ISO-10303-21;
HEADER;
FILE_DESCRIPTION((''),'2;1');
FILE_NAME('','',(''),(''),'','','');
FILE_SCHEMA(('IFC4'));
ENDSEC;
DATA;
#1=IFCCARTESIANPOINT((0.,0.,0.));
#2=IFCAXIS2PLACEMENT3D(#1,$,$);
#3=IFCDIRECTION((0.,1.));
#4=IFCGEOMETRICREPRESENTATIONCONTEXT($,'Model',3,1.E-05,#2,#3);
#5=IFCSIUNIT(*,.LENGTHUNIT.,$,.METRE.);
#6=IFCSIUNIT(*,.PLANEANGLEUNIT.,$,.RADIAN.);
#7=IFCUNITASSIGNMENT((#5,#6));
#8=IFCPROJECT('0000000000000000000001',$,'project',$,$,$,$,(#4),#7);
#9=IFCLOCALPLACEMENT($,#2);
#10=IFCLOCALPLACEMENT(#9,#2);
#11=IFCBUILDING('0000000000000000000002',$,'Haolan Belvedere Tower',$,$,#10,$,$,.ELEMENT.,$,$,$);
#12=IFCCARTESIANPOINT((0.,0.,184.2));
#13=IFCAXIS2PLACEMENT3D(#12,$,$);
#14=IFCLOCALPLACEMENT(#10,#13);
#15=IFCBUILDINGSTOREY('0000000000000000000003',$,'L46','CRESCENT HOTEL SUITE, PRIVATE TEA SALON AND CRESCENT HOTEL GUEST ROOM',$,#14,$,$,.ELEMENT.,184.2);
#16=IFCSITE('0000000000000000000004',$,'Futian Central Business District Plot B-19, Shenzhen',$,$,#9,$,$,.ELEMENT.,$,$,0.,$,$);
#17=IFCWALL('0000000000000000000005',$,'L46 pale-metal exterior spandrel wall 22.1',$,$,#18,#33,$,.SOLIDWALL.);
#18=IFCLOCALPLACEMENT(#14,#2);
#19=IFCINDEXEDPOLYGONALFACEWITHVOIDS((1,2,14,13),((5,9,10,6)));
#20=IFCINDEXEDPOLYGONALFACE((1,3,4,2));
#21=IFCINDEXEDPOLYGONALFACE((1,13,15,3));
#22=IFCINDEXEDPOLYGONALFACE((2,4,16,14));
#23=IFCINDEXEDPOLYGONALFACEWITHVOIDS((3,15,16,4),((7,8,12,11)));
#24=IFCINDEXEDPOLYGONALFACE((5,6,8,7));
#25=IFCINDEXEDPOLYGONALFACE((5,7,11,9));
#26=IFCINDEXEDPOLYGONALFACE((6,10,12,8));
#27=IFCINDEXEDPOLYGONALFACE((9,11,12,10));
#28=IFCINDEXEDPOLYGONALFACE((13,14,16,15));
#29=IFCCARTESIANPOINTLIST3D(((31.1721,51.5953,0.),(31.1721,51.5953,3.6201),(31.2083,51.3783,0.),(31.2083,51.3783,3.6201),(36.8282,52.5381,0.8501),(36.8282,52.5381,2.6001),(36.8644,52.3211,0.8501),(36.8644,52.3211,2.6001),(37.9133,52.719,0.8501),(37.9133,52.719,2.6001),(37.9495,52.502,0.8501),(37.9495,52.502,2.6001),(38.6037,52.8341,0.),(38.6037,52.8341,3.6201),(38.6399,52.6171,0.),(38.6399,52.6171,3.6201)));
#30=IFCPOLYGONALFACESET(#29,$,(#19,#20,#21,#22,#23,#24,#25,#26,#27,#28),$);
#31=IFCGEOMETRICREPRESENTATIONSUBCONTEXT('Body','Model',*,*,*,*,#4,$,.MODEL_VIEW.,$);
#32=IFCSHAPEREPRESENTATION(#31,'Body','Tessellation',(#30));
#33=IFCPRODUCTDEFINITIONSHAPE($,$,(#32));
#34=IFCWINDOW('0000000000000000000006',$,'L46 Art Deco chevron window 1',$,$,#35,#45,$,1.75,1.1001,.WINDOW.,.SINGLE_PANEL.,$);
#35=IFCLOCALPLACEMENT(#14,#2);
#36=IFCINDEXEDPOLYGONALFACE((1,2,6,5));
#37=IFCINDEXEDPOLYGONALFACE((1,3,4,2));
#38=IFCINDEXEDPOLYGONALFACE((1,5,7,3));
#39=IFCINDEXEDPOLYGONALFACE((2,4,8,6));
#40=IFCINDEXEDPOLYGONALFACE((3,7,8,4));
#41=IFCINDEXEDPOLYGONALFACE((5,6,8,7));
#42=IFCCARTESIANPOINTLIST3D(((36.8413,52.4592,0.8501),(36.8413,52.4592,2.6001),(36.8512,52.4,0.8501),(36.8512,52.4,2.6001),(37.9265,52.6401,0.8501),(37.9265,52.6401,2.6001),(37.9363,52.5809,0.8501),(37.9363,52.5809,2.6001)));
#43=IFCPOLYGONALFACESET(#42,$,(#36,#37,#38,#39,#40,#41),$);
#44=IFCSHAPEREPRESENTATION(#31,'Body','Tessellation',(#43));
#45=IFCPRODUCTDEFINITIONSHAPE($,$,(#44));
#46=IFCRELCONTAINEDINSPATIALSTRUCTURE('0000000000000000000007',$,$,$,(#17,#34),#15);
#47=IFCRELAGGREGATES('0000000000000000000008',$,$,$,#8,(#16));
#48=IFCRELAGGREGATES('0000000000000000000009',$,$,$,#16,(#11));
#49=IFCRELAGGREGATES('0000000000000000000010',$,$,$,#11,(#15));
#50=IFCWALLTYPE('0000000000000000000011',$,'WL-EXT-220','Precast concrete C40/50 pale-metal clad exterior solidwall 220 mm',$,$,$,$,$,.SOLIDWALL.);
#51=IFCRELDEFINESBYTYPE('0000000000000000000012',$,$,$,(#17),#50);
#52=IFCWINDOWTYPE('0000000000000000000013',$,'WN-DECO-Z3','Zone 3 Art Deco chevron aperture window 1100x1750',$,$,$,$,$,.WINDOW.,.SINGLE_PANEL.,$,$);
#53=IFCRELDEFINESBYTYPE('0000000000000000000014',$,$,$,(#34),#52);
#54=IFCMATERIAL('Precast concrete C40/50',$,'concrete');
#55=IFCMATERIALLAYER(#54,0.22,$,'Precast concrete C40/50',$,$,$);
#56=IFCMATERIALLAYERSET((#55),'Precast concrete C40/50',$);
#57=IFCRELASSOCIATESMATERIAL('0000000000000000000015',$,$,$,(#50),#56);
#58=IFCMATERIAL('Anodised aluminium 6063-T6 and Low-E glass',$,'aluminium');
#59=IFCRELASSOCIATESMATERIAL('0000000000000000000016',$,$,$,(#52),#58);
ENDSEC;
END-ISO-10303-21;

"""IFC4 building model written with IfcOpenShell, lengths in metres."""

from ifc_helpers import new_model, si_unit, direction, frame, frame_2d, origin, place, context, subcontext, project, spatial, rectangle, extrude, material, layer, layer_set, type_object, element, fill, save


model = new_model("IFC4")

# Units and contexts
model_context = context("Model", 3, precision=1e-05, world=origin(), true_north=direction((0.0, 1.0)))
body_context = subcontext(model_context, "Body", "Model", "MODEL_VIEW")
ifc_project = project(units=[si_unit("LENGTHUNIT", "METRE"), si_unit("PLANEANGLEUNIT", "RADIAN")], contexts=[model_context])

# Site, building, storey
site_placement = place(None, origin())
site = spatial("IfcSite", under=ifc_project, at=site_placement, Name="Futian Central Business District Plot B-19, Shenzhen", CompositionType="ELEMENT", RefElevation=0.0)
building_placement = place(site_placement, origin())
building = spatial("IfcBuilding", under=site, at=building_placement, Name="Haolan Belvedere Tower", CompositionType="ELEMENT")
storey_placement = place(building_placement, frame((0.0, 0.0, 184.2)))
storey = spatial("IfcBuildingStorey", under=building, at=storey_placement, Name="L46", Description="CRESCENT HOTEL SUITE, PRIVATE TEA SALON AND CRESCENT HOTEL GUEST ROOM", CompositionType="ELEMENT", Elevation=184.2)

# Wall, opening, window
ifc_material_1 = material(Name="Precast concrete C40/50", Category="concrete")
ifc_layer_1 = layer(ifc_material_1, 0.22, Name="Precast concrete C40/50")
ifc_layer_set_1 = layer_set([ifc_layer_1], Name="Precast concrete C40/50")
wall_type_1 = type_object("IfcWallType", Name="WL-EXT-220", Description="Precast concrete C40/50 pale-metal clad exterior solidwall 220 mm", PredefinedType="SOLIDWALL", material=ifc_layer_set_1)
wall_1_placement = place(storey_placement, frame((38.6218, 52.7256, 0.0), z_axis=(0.0, 0.0, 1.0), x_axis=(-0.98639, -0.16442, 0.0)))
wall_1 = element("IfcWall", 1, at=wall_1_placement, inside=storey, type_object=wall_type_1, Name="L46 pale-metal exterior spandrel wall 22.1", PredefinedType="SOLIDWALL", context=body_context, shape_type="SweptSolid", body=[
    extrude(rectangle(XDim=7.5342, YDim=0.22, at=frame_2d((3.7671, 0.0))), origin(), (0.0, 0.0, 1.0), 3.6201),
])
opening_1_placement = place(wall_1_placement, frame((0.7, 0.0, 0.8501)))
opening_1 = element("IfcOpeningElement", 2, at=opening_1_placement, cuts=wall_1, PredefinedType="OPENING", context=body_context, shape_type="SweptSolid", body=[
    extrude(rectangle(XDim=1.1001, YDim=1.75, at=frame_2d((0.55, 0.875))), frame((0.0, 0.1199, 0.0), z_axis=(0.0, -1.0, 0.0), x_axis=(1.0, 0.0, 0.0)), (0.0, 0.0, 1.0), 0.24),
])
ifc_material_2 = material(Name="Anodised aluminium 6063-T6 and Low-E glass", Category="aluminium")
window_type = type_object("IfcWindowType", Name="WN-DECO-Z3", Description="Zone 3 Art Deco chevron aperture window 1100x1750", PartitioningType="SINGLE_PANEL", PredefinedType="WINDOW", material=ifc_material_2)
window_placement = place(opening_1_placement, origin())
window = element("IfcWindow", 3, at=window_placement, inside=storey, type_object=window_type, Name="L46 Art Deco chevron window 1", OverallHeight=1.75, OverallWidth=1.1001, PartitioningType="SINGLE_PANEL", PredefinedType="WINDOW", context=body_context, shape_type="SweptSolid", body=[
    extrude(rectangle(XDim=1.1001, YDim=1.75, at=frame_2d((0.55, 0.875))), frame((0.0, 0.03, 0.0), z_axis=(0.0, -1.0, 0.0), x_axis=(1.0, 0.0, 0.0)), (0.0, 0.0, 1.0), 0.0601),
])
fill(opening_1, window)

save(model, "model.ifc")
